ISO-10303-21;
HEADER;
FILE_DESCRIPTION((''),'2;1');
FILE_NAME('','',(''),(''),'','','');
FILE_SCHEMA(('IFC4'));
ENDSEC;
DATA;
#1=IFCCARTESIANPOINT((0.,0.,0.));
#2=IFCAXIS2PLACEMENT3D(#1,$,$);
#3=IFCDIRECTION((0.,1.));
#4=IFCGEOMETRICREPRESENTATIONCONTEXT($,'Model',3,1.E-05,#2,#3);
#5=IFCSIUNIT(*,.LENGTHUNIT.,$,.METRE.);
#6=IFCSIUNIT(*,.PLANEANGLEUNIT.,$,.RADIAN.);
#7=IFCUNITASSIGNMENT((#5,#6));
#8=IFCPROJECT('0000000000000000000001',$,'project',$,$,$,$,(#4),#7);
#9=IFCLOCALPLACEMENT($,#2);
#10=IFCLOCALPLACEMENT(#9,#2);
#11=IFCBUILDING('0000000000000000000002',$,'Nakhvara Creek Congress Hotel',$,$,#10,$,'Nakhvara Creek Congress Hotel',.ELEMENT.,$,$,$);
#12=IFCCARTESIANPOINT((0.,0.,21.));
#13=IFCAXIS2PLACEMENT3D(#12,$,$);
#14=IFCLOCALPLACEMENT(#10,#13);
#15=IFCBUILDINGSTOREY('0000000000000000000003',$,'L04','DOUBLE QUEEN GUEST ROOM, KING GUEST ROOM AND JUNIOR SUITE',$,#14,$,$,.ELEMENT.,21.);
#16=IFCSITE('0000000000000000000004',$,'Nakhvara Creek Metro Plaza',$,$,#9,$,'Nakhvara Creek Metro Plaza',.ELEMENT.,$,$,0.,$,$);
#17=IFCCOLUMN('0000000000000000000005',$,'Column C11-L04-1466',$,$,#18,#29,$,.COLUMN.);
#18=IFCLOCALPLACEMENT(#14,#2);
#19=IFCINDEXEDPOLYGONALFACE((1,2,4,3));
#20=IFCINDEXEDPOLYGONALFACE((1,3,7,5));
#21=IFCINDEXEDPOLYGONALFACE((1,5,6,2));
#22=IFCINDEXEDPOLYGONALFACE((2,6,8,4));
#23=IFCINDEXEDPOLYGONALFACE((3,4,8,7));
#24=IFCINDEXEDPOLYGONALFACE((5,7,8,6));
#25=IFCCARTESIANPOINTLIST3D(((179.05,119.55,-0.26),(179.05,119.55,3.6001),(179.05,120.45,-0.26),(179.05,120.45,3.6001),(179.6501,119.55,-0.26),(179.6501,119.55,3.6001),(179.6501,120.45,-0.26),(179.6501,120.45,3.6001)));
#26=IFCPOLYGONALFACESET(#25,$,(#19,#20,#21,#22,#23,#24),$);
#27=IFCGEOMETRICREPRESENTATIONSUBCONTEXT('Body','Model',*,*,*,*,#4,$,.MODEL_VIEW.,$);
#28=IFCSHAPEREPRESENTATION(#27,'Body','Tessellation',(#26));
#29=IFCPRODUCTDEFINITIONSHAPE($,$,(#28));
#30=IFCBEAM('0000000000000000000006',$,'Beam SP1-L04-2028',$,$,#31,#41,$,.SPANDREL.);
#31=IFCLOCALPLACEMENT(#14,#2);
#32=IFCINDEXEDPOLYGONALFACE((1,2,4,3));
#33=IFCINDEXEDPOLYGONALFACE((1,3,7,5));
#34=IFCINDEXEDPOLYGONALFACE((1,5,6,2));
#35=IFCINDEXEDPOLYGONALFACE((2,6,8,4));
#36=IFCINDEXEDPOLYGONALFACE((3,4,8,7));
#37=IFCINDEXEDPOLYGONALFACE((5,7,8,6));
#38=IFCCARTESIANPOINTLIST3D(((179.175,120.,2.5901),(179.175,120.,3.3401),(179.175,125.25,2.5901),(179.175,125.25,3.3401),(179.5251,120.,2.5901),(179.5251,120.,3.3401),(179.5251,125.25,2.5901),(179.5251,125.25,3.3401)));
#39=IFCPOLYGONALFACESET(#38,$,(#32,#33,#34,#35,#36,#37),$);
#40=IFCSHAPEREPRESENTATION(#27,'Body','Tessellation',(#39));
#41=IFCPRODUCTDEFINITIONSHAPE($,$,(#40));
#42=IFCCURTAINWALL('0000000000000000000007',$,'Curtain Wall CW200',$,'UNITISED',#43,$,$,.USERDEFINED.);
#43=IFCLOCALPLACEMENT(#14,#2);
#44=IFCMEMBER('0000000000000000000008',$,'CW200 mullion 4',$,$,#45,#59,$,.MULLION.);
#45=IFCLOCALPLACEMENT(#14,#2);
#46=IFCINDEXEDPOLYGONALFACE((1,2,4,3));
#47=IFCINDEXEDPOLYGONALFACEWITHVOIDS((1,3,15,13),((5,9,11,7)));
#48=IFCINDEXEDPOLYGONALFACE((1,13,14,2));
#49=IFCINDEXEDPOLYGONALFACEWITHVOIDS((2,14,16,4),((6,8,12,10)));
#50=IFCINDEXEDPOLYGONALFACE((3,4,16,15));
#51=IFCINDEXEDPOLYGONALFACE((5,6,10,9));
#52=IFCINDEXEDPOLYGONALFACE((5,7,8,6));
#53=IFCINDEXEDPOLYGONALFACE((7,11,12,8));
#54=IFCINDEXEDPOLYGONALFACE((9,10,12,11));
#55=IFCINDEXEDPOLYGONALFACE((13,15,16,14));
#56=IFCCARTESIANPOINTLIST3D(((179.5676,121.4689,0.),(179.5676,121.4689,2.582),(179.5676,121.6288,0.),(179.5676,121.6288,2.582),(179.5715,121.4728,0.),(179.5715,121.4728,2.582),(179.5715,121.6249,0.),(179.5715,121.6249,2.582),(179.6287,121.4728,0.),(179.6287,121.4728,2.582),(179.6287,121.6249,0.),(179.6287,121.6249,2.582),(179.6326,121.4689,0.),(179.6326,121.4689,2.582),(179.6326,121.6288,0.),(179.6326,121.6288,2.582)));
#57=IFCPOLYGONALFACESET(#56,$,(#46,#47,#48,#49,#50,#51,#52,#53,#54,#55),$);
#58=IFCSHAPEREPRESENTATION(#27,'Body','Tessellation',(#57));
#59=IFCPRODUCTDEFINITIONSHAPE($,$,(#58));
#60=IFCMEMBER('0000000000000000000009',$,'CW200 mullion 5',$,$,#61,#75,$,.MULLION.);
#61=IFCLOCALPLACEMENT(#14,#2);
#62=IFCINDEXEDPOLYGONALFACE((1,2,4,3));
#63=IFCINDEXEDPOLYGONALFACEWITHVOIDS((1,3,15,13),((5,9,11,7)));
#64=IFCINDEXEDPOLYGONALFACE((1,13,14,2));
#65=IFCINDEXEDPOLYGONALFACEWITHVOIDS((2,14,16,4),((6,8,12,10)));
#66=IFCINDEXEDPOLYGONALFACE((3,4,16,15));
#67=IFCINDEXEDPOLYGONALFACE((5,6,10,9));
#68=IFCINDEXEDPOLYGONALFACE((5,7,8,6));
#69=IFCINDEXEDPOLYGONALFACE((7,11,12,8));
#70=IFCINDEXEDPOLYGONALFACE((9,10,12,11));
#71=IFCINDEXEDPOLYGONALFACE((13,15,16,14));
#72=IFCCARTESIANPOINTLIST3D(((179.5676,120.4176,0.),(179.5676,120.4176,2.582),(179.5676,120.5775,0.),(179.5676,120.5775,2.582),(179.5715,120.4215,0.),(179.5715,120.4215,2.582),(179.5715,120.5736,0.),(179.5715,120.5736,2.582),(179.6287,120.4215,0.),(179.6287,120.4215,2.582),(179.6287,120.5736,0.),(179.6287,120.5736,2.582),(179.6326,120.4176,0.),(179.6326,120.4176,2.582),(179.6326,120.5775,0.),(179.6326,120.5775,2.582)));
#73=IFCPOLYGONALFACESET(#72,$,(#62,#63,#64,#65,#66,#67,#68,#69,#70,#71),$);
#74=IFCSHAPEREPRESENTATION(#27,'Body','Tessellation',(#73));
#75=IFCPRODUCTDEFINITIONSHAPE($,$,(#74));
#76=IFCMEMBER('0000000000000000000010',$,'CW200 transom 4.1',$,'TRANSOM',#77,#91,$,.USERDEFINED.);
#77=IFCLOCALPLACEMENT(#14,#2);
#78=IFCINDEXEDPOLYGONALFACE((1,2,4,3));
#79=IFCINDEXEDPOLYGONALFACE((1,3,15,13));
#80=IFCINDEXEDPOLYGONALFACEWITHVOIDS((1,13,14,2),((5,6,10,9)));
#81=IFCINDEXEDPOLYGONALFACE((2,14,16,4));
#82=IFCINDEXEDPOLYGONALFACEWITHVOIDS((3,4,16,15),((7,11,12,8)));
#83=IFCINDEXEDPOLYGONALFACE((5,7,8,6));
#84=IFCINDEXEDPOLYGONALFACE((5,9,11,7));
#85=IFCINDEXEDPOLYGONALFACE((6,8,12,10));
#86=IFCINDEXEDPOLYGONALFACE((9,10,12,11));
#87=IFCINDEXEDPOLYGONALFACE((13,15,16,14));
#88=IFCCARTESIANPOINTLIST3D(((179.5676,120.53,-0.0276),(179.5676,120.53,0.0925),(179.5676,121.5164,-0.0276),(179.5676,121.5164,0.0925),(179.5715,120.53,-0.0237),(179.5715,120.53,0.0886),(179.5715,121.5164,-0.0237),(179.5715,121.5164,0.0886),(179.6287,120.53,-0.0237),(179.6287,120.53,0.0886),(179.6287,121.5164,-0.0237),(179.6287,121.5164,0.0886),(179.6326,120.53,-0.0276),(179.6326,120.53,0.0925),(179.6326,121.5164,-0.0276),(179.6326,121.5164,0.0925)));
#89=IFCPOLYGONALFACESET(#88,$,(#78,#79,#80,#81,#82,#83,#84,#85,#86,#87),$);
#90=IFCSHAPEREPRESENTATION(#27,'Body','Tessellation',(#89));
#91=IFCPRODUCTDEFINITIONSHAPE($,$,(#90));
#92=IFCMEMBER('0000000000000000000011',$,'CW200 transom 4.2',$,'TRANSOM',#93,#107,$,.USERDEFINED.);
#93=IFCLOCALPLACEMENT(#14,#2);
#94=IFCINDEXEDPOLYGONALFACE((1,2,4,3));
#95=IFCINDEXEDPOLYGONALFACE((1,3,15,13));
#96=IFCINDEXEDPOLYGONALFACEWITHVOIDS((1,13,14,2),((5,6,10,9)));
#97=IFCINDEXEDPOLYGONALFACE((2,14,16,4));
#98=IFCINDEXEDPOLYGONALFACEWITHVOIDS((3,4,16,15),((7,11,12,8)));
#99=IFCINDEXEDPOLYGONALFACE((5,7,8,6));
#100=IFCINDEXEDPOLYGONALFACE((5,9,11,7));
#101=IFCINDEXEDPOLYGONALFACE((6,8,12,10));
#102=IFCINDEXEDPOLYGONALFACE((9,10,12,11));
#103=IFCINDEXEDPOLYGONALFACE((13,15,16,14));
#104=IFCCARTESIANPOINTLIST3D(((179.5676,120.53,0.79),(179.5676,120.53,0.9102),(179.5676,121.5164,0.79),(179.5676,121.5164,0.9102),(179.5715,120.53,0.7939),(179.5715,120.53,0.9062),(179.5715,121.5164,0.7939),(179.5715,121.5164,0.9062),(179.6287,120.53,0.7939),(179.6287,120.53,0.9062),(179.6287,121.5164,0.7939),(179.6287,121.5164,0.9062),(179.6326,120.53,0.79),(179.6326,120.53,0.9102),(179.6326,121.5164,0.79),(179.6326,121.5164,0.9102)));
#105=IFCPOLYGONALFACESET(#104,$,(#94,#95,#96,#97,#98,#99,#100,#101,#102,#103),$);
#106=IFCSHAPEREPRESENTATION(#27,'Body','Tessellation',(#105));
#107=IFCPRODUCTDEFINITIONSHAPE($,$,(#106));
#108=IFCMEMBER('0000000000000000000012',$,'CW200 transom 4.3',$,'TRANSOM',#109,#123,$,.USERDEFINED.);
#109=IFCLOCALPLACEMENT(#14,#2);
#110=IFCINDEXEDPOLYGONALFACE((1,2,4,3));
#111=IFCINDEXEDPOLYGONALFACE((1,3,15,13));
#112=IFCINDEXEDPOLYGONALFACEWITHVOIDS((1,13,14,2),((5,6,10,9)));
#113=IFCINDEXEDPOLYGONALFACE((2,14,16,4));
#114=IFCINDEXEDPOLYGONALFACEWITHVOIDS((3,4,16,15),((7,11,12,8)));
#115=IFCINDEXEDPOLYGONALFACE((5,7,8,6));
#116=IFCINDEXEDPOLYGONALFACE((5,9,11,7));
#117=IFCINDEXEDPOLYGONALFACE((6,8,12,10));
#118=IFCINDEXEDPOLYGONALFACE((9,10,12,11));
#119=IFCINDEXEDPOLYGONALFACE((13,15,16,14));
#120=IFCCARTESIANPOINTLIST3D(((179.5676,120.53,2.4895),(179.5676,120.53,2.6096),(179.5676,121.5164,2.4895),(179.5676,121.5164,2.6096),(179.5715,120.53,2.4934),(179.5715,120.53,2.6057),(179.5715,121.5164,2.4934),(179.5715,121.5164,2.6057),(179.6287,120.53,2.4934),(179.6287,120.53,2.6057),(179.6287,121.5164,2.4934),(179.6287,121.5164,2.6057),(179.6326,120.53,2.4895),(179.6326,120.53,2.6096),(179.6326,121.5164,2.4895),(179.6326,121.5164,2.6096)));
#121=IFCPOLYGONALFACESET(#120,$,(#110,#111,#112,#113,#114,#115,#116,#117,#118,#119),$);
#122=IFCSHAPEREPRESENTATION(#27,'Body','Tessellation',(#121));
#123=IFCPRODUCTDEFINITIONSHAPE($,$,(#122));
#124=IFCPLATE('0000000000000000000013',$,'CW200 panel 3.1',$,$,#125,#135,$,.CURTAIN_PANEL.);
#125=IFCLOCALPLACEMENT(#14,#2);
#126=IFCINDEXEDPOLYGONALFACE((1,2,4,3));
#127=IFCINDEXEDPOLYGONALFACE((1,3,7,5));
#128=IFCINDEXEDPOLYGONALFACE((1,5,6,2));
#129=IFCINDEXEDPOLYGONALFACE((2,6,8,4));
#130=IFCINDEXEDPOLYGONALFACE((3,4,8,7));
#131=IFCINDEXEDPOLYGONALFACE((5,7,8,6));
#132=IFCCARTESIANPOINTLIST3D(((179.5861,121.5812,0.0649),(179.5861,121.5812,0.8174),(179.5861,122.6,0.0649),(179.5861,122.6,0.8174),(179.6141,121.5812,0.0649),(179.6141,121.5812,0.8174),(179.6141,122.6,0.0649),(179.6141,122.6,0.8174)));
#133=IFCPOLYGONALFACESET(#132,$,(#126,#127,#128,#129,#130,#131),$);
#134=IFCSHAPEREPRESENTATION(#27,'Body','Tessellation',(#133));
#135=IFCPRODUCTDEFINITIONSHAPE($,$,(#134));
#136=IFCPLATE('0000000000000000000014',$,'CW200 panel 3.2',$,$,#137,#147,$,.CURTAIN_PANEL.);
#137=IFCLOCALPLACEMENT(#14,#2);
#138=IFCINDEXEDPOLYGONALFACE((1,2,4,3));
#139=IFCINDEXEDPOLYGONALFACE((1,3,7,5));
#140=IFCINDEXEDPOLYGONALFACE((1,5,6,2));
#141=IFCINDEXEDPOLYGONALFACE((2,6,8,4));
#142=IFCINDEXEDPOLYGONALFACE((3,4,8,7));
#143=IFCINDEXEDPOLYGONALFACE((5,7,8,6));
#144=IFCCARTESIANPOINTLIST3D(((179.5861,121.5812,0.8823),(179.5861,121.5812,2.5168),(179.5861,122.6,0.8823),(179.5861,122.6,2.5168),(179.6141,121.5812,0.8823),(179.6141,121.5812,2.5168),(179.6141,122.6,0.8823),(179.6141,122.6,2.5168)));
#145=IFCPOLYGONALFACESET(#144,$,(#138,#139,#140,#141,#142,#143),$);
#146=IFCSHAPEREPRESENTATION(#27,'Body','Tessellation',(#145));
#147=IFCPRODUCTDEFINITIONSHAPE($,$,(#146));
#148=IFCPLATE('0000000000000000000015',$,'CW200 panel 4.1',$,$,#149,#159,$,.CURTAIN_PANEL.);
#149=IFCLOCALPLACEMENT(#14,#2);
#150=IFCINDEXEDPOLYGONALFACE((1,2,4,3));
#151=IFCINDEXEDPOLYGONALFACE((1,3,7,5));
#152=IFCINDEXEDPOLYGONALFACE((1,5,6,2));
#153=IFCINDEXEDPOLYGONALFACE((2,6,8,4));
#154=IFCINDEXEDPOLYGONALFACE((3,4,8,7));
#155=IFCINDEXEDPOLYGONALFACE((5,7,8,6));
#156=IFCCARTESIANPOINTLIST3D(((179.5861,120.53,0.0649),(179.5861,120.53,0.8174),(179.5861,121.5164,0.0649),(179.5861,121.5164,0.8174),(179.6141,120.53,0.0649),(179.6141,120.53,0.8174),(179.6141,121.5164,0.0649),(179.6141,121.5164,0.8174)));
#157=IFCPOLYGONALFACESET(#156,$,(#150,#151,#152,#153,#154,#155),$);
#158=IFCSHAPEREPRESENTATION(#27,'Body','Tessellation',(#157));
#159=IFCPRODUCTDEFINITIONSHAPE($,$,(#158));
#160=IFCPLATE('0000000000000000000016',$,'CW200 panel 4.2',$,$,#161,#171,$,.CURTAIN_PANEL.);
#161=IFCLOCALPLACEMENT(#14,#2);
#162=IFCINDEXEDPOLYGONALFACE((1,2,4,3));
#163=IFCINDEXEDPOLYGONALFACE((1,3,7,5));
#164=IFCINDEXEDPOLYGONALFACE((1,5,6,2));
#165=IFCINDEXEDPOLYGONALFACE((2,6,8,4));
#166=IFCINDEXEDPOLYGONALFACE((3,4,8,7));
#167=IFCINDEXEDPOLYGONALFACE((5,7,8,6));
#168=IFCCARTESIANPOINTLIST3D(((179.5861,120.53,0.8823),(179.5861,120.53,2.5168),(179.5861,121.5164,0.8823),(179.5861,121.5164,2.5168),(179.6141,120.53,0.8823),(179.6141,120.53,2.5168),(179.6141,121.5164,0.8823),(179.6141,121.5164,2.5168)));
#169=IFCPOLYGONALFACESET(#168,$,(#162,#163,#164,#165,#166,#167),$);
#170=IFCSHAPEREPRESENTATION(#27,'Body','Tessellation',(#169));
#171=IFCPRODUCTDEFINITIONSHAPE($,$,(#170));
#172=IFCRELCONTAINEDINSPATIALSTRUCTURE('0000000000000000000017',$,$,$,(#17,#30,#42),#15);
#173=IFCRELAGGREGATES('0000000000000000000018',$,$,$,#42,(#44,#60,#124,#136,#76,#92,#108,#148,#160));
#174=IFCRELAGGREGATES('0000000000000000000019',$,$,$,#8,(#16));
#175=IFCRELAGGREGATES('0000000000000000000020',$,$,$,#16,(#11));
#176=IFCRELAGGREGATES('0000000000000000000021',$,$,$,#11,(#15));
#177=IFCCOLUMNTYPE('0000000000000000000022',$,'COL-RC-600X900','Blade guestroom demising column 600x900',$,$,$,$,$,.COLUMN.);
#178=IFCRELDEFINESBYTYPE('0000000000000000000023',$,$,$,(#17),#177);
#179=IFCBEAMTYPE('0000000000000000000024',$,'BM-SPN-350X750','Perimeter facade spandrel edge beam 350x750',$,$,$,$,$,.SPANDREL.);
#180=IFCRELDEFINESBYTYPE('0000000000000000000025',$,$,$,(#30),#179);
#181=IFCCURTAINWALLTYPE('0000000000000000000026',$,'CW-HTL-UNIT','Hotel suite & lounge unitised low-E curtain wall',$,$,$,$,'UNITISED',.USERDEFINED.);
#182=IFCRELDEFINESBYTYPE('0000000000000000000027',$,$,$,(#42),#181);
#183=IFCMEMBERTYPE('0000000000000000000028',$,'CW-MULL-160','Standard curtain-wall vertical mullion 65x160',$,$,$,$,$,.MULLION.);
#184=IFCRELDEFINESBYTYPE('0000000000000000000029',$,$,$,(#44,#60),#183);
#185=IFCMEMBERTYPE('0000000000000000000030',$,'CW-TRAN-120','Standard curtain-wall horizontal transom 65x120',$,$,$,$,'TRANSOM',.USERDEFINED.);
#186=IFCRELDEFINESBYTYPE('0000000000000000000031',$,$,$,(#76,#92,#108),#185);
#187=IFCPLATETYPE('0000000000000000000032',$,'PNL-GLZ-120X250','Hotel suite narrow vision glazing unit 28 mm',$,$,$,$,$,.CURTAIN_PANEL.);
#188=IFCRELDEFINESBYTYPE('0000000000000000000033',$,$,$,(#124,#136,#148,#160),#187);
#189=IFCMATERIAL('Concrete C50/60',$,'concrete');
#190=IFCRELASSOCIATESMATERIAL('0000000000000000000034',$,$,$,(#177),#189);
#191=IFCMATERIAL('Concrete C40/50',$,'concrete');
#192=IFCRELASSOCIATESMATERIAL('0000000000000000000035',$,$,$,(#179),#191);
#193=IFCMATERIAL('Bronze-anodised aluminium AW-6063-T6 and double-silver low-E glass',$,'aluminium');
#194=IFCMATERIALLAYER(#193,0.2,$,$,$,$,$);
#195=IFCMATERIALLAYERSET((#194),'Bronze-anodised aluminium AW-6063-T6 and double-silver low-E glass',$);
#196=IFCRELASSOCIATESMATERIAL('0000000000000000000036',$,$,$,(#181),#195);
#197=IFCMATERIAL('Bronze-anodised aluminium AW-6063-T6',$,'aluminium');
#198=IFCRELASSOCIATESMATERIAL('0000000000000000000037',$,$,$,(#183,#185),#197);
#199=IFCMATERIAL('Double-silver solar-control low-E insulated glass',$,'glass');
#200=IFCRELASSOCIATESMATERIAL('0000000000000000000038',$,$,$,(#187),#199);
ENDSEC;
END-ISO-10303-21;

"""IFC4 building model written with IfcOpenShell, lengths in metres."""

from ifc_helpers import new_model, si_unit, direction, frame, origin, origin_2d, place, context, subcontext, project, spatial, rectangle, hollow_rectangle, extrude, material, layer, layer_set, material_profile, profile_set, type_object, element, aggregate, save


model = new_model("IFC4")

# Units and contexts
model_context = context("Model", 3, precision=1e-05, world=origin(), true_north=direction((0.0, 1.0)))
body_context = subcontext(model_context, "Body", "Model", "MODEL_VIEW")
ifc_project = project(units=[si_unit("LENGTHUNIT", "METRE"), si_unit("PLANEANGLEUNIT", "RADIAN")], contexts=[model_context])

# Site, building, storey
site_placement = place(None, origin())
site = spatial("IfcSite", under=ifc_project, at=site_placement, Name="Nakhvara Creek Metro Plaza", LongName="Nakhvara Creek Metro Plaza", CompositionType="ELEMENT", RefElevation=0.0)
building_placement = place(site_placement, origin())
building = spatial("IfcBuilding", under=site, at=building_placement, Name="Nakhvara Creek Congress Hotel", LongName="Nakhvara Creek Congress Hotel", CompositionType="ELEMENT")
storey_placement = place(building_placement, frame((0.0, 0.0, 21.0)))
storey = spatial("IfcBuildingStorey", under=building, at=storey_placement, Name="L04", Description="DOUBLE QUEEN GUEST ROOM, KING GUEST ROOM AND JUNIOR SUITE", CompositionType="ELEMENT", Elevation=21.0)

# Column
ifc_material_1 = material(Name="Concrete C50/60", Category="concrete")
ifc_material_profile_1 = material_profile(ifc_material_1, rectangle(XDim=0.6001, YDim=0.8999, at=origin_2d()), Name="RC-COL 600x900", Category="LoadBearing")
ifc_profile_set_1 = profile_set([ifc_material_profile_1], Name="Concrete C50/60")
column_type = type_object("IfcColumnType", Name="COL-RC-600X900", Description="Blade guestroom demising column 600x900", PredefinedType="COLUMN", material=ifc_profile_set_1)
column_placement = place(storey_placement, frame((179.3501, 120.0, -0.26), z_axis=(0.0, 0.0, 1.0), x_axis=(1.0, 0.0, 0.0)))
element("IfcColumn", 1, at=column_placement, inside=storey, type_object=column_type, Name="Column C11-L04-1466", PredefinedType="COLUMN", context=body_context, shape_type="SweptSolid", body=[
    extrude(rectangle(XDim=0.6001, YDim=0.8999, at=origin_2d()), origin(), (0.0, 0.0, 1.0), 3.8601),
])

# Beam
ifc_material_2 = material(Name="Concrete C40/50", Category="concrete")
ifc_material_profile_2 = material_profile(ifc_material_2, rectangle(XDim=0.3501, YDim=0.75, at=origin_2d()), Name="RC-SPANDREL 350x750", Category="LoadBearing")
ifc_profile_set_2 = profile_set([ifc_material_profile_2], Name="Concrete C40/50")
beam_type = type_object("IfcBeamType", Name="BM-SPN-350X750", Description="Perimeter facade spandrel edge beam 350x750", PredefinedType="SPANDREL", material=ifc_profile_set_2)
beam_placement = place(storey_placement, frame((179.3501, 120.0, 2.9651), z_axis=(0.0, 1.0, 0.0), x_axis=(-1.0, 0.0, 0.0)))
element("IfcBeam", 2, at=beam_placement, inside=storey, type_object=beam_type, Name="Beam SP1-L04-2028", PredefinedType="SPANDREL", context=body_context, shape_type="SweptSolid", body=[
    extrude(rectangle(XDim=0.3501, YDim=0.75, at=origin_2d()), origin(), (0.0, 0.0, 1.0), 5.25),
])

# Curtain wall, members, plates
ifc_material_3 = material(Name="Bronze-anodised aluminium AW-6063-T6 and double-silver low-E glass", Category="aluminium")
ifc_layer_1 = layer(ifc_material_3, 0.2)
ifc_layer_set_1 = layer_set([ifc_layer_1], Name="Bronze-anodised aluminium AW-6063-T6 and double-silver low-E glass")
curtain_wall_type = type_object("IfcCurtainWallType", Name="CW-HTL-UNIT", Description="Hotel suite & lounge unitised low-E curtain wall", ElementType="UNITISED", PredefinedType="USERDEFINED", material=ifc_layer_set_1)
curtain_wall_placement = place(storey_placement, origin())
curtain_wall = element("IfcCurtainWall", 3, at=curtain_wall_placement, inside=storey, type_object=curtain_wall_type, Name="Curtain Wall CW200", ObjectType="UNITISED", PredefinedType="USERDEFINED")
ifc_material_4 = material(Name="Bronze-anodised aluminium AW-6063-T6", Category="aluminium")
ifc_material_profile_3 = material_profile(ifc_material_4, hollow_rectangle(XDim=0.0649, YDim=0.1599, WallThickness=0.0039, at=origin_2d()), Name="ALU-MULL 65x160x4", Category="LoadBearing")
ifc_profile_set_3 = profile_set([ifc_material_profile_3], Name="Bronze-anodised aluminium AW-6063-T6")
member_type_1 = type_object("IfcMemberType", Name="CW-MULL-160", Description="Standard curtain-wall vertical mullion 65x160", PredefinedType="MULLION", material=ifc_profile_set_3)
member_1_placement = place(storey_placement, frame((179.6001, 121.5488, 0.0), z_axis=(0.0, 0.0, 1.0), x_axis=(1.0, 0.0, 0.0)))
member_1 = element("IfcMember", 4, at=member_1_placement, type_object=member_type_1, Name="CW200 mullion 4", PredefinedType="MULLION", context=body_context, shape_type="SweptSolid", body=[
    extrude(hollow_rectangle(XDim=0.0649, YDim=0.1599, WallThickness=0.0039, at=origin_2d()), origin(), (0.0, 0.0, 1.0), 2.582),
])
member_2_placement = place(storey_placement, frame((179.6001, 120.4976, 0.0), z_axis=(0.0, 0.0, 1.0), x_axis=(1.0, 0.0, 0.0)))
member_2 = element("IfcMember", 5, at=member_2_placement, type_object=member_type_1, Name="CW200 mullion 5", PredefinedType="MULLION", context=body_context, shape_type="SweptSolid", body=[
    extrude(hollow_rectangle(XDim=0.0649, YDim=0.1599, WallThickness=0.0039, at=origin_2d()), origin(), (0.0, 0.0, 1.0), 2.582),
])
ifc_material_profile_4 = material_profile(ifc_material_4, hollow_rectangle(XDim=0.0649, YDim=0.1201, WallThickness=0.0039, at=origin_2d()), Name="ALU-TRAN 65x120x4", Category="LoadBearing")
ifc_profile_set_4 = profile_set([ifc_material_profile_4], Name="Bronze-anodised aluminium AW-6063-T6")
member_type_2 = type_object("IfcMemberType", Name="CW-TRAN-120", Description="Standard curtain-wall horizontal transom 65x120", ElementType="TRANSOM", PredefinedType="USERDEFINED", material=ifc_profile_set_4)
member_3_placement = place(storey_placement, frame((179.6001, 121.5164, 0.0325), z_axis=(0.0, -1.0, 0.0), x_axis=(1.0, 0.0, 0.0)))
member_3 = element("IfcMember", 6, at=member_3_placement, type_object=member_type_2, Name="CW200 transom 4.1", ObjectType="TRANSOM", PredefinedType="USERDEFINED", context=body_context, shape_type="SweptSolid", body=[
    extrude(hollow_rectangle(XDim=0.0649, YDim=0.1201, WallThickness=0.0039, at=origin_2d()), origin(), (0.0, 0.0, 1.0), 0.9863),
])
member_4_placement = place(storey_placement, frame((179.6001, 121.5164, 0.8501), z_axis=(0.0, -1.0, 0.0), x_axis=(1.0, 0.0, 0.0)))
member_4 = element("IfcMember", 7, at=member_4_placement, type_object=member_type_2, Name="CW200 transom 4.2", ObjectType="TRANSOM", PredefinedType="USERDEFINED", context=body_context, shape_type="SweptSolid", body=[
    extrude(hollow_rectangle(XDim=0.0649, YDim=0.1201, WallThickness=0.0039, at=origin_2d()), origin(), (0.0, 0.0, 1.0), 0.9863),
])
member_5_placement = place(storey_placement, frame((179.6001, 121.5164, 2.5496), z_axis=(0.0, -1.0, 0.0), x_axis=(1.0, 0.0, 0.0)))
member_5 = element("IfcMember", 8, at=member_5_placement, type_object=member_type_2, Name="CW200 transom 4.3", ObjectType="TRANSOM", PredefinedType="USERDEFINED", context=body_context, shape_type="SweptSolid", body=[
    extrude(hollow_rectangle(XDim=0.0649, YDim=0.1201, WallThickness=0.0039, at=origin_2d()), origin(), (0.0, 0.0, 1.0), 0.9863),
])
ifc_material_5 = material(Name="Double-silver solar-control low-E insulated glass", Category="glass")
plate_type = type_object("IfcPlateType", Name="PNL-GLZ-120X250", Description="Hotel suite narrow vision glazing unit 28 mm", PredefinedType="CURTAIN_PANEL", material=ifc_material_5)
plate_1_placement = place(storey_placement, frame((179.6001, 122.0906, 0.0649), z_axis=(0.0, 0.0, 1.0), x_axis=(0.0, -1.0, 0.0)))
plate_1 = element("IfcPlate", 9, at=plate_1_placement, type_object=plate_type, Name="CW200 panel 3.1", PredefinedType="CURTAIN_PANEL", context=body_context, shape_type="SweptSolid", body=[
    extrude(rectangle(XDim=1.0188, YDim=0.0281, at=origin_2d()), origin(), (0.0, 0.0, 1.0), 0.7524),
])
plate_2_placement = place(storey_placement, frame((179.6001, 122.0906, 0.8823), z_axis=(0.0, 0.0, 1.0), x_axis=(0.0, -1.0, 0.0)))
plate_2 = element("IfcPlate", 10, at=plate_2_placement, type_object=plate_type, Name="CW200 panel 3.2", PredefinedType="CURTAIN_PANEL", context=body_context, shape_type="SweptSolid", body=[
    extrude(rectangle(XDim=1.0188, YDim=0.0281, at=origin_2d()), origin(), (0.0, 0.0, 1.0), 1.6345),
])
plate_3_placement = place(storey_placement, frame((179.6001, 121.0232, 0.0649), z_axis=(0.0, 0.0, 1.0), x_axis=(0.0, -1.0, 0.0)))
plate_3 = element("IfcPlate", 11, at=plate_3_placement, type_object=plate_type, Name="CW200 panel 4.1", PredefinedType="CURTAIN_PANEL", context=body_context, shape_type="SweptSolid", body=[
    extrude(rectangle(XDim=0.9863, YDim=0.0281, at=origin_2d()), origin(), (0.0, 0.0, 1.0), 0.7524),
])
plate_4_placement = place(storey_placement, frame((179.6001, 121.0232, 0.8823), z_axis=(0.0, 0.0, 1.0), x_axis=(0.0, -1.0, 0.0)))
plate_4 = element("IfcPlate", 12, at=plate_4_placement, type_object=plate_type, Name="CW200 panel 4.2", PredefinedType="CURTAIN_PANEL", context=body_context, shape_type="SweptSolid", body=[
    extrude(rectangle(XDim=0.9863, YDim=0.0281, at=origin_2d()), origin(), (0.0, 0.0, 1.0), 1.6345),
])
aggregate(curtain_wall, [member_1, member_2, plate_1, plate_2, member_3, member_4, member_5, plate_3, plate_4])

save(model, "model.ifc")
